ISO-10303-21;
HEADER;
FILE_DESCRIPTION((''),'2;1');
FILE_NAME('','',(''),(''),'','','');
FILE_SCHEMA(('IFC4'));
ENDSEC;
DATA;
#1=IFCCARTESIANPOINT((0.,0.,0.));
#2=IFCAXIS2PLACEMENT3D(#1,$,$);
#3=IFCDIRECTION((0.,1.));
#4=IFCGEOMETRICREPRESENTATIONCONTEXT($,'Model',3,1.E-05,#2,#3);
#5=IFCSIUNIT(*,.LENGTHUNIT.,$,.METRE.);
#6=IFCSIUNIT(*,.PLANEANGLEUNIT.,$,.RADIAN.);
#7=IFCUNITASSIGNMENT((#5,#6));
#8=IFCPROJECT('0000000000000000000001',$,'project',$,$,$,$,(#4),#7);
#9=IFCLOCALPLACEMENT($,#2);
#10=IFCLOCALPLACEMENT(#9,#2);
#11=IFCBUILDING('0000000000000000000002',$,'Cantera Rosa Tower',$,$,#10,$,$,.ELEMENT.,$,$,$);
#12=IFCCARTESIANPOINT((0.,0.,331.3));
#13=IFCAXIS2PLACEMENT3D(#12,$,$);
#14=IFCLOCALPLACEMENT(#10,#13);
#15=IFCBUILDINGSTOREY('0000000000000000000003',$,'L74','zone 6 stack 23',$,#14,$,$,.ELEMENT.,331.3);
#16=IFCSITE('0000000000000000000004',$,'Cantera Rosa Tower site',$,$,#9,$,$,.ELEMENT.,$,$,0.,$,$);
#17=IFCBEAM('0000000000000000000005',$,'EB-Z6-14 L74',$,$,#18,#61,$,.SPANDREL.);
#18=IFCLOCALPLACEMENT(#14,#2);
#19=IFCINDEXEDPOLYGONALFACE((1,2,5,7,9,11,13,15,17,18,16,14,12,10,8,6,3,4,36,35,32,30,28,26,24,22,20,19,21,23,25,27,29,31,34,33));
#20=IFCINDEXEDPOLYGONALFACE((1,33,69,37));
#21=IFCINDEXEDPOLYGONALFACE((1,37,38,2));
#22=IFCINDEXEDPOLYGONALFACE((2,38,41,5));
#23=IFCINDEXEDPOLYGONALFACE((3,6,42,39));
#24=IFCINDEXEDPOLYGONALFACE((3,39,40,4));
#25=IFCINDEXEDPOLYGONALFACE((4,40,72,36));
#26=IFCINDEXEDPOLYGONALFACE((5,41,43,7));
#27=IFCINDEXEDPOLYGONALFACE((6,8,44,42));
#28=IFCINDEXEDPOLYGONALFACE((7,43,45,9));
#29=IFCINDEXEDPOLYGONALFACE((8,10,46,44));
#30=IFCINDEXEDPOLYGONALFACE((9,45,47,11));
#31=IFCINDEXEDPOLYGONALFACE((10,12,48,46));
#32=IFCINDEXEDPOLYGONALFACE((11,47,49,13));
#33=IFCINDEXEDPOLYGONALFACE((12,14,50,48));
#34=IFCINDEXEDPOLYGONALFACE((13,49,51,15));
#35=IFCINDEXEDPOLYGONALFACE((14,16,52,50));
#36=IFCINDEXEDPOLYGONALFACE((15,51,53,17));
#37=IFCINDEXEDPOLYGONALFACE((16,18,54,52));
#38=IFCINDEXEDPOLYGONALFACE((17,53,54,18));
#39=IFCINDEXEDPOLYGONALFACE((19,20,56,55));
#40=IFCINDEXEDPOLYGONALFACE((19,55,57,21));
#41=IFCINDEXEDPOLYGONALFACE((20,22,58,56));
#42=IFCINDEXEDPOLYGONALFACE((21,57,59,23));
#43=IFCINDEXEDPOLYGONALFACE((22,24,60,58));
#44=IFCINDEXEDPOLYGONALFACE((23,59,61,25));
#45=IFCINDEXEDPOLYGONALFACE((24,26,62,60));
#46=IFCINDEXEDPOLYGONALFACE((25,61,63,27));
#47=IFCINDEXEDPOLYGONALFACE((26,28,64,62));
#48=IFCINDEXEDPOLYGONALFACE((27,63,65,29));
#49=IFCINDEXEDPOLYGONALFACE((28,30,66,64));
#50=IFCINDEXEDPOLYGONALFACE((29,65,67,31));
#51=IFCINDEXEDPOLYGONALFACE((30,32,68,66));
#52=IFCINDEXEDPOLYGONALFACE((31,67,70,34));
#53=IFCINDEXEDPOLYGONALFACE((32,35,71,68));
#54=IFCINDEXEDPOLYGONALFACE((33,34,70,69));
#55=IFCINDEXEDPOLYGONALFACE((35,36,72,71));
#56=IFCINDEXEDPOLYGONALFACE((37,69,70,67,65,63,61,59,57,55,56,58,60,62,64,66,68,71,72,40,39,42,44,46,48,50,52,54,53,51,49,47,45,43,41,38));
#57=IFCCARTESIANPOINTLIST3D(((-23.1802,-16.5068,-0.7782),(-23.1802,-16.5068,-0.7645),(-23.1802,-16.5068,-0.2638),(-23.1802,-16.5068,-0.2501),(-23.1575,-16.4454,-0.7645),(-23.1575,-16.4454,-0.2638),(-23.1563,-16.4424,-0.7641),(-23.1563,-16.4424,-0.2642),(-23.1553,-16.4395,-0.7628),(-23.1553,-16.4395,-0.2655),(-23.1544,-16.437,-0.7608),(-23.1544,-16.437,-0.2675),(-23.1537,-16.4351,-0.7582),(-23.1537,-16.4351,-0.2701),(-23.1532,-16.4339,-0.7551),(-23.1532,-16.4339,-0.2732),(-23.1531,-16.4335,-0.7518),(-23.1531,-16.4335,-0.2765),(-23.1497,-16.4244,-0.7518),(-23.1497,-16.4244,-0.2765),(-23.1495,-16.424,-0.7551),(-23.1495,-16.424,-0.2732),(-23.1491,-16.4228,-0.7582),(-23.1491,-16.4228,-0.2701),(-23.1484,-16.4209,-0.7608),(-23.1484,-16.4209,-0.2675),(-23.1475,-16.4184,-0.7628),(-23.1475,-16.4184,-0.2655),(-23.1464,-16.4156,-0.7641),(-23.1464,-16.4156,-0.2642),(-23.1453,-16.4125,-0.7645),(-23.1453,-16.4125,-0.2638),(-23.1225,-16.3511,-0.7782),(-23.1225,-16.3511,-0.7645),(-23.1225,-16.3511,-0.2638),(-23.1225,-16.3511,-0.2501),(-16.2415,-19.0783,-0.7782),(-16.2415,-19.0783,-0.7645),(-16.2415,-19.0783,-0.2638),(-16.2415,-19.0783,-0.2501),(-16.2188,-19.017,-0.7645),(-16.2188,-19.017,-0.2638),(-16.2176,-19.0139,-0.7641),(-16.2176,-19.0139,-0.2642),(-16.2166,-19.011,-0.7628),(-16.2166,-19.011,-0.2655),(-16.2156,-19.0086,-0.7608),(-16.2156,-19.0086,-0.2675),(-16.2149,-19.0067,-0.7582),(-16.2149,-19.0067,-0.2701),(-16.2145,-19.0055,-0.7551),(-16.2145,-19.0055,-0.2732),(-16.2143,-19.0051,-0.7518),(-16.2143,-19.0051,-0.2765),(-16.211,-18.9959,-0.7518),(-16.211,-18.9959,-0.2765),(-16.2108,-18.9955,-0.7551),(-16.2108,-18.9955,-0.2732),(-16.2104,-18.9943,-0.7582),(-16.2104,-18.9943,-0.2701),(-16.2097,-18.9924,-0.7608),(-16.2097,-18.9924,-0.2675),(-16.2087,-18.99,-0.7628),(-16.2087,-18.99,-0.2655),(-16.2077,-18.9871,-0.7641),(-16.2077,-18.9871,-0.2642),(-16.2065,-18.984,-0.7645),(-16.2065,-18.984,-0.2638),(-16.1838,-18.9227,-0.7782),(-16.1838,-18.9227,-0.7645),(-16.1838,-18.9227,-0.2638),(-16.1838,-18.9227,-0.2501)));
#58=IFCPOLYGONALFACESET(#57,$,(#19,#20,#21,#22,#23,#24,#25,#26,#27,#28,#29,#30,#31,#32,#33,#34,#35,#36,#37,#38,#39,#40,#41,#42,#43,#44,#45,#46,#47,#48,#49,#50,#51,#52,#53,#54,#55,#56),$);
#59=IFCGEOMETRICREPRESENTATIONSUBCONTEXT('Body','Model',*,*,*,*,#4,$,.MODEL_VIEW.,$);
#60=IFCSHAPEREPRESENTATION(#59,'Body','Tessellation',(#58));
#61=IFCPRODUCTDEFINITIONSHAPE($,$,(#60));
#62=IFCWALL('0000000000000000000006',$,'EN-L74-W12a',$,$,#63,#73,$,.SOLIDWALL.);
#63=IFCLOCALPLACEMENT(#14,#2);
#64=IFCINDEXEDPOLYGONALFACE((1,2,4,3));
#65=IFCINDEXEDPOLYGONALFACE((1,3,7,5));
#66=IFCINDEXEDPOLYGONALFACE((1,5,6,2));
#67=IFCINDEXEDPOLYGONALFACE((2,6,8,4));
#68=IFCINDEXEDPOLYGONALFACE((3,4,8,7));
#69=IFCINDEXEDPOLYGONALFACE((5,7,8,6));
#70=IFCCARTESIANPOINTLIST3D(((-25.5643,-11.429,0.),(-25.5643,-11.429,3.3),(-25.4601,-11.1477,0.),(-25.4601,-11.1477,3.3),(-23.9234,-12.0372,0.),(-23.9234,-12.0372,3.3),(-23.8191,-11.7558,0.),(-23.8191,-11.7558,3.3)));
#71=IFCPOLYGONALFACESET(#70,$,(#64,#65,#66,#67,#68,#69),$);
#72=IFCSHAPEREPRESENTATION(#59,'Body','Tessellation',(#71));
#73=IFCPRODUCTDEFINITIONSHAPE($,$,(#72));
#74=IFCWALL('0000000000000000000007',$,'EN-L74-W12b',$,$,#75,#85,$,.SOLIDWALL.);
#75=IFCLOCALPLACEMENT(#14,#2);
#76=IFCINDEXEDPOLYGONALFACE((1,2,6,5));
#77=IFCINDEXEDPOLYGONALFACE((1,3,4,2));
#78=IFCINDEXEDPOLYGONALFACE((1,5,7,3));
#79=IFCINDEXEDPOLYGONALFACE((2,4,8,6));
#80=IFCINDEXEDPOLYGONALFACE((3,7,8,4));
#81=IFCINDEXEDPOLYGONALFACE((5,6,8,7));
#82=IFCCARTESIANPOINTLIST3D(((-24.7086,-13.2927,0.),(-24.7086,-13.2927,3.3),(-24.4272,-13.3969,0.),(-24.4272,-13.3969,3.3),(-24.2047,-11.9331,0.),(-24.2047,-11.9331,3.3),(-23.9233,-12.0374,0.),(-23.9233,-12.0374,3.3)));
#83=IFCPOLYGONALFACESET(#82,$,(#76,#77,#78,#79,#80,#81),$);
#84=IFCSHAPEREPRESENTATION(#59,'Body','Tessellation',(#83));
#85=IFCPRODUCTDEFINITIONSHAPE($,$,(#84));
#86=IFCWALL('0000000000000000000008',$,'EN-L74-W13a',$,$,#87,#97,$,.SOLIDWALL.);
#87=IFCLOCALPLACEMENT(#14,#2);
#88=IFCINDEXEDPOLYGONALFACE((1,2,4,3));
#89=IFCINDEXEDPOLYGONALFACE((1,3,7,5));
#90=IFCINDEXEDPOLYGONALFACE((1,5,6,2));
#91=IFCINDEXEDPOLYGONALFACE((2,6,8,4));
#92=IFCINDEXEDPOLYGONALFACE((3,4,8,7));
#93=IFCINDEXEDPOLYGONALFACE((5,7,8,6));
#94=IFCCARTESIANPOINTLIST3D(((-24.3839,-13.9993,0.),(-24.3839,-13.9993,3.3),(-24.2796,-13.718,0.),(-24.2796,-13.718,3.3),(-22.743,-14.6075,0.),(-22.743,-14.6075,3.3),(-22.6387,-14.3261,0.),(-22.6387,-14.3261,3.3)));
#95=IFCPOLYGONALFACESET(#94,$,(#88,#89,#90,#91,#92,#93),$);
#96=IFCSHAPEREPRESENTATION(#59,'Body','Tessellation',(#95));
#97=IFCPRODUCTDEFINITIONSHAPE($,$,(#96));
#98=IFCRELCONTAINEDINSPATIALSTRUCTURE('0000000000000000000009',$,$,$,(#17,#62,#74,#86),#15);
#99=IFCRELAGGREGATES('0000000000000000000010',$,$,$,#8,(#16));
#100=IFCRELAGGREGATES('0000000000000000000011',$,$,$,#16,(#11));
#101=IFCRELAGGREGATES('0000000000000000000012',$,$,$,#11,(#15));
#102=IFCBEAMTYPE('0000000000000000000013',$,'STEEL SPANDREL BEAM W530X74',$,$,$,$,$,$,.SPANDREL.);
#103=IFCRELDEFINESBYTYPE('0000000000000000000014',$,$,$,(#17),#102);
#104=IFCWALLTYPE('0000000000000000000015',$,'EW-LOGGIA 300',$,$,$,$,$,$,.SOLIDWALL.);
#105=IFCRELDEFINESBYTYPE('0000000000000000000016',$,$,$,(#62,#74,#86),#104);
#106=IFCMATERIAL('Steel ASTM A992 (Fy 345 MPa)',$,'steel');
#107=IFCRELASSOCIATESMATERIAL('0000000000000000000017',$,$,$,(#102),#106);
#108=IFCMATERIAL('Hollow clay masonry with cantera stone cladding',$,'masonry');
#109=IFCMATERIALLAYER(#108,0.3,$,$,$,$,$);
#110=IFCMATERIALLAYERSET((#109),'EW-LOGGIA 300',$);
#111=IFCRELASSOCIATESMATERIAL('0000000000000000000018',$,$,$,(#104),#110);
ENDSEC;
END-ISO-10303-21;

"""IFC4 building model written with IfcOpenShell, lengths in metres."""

from ifc_helpers import new_model, si_unit, direction, frame, frame_2d, origin, origin_2d, place, context, subcontext, project, spatial, rectangle, i_section, extrude, material, layer, layer_set, material_profile, profile_set, type_object, element, save


model = new_model("IFC4")

# Units and contexts
model_context = context("Model", 3, precision=1e-05, world=origin(), true_north=direction((0.0, 1.0)))
body_context = subcontext(model_context, "Body", "Model", "MODEL_VIEW")
ifc_project = project(units=[si_unit("LENGTHUNIT", "METRE"), si_unit("PLANEANGLEUNIT", "RADIAN")], contexts=[model_context])

# Site, building, storey
site_placement = place(None, origin())
site = spatial("IfcSite", under=ifc_project, at=site_placement, Name="Cantera Rosa Tower site", CompositionType="ELEMENT", RefElevation=0.0)
building_placement = place(site_placement, origin())
building = spatial("IfcBuilding", under=site, at=building_placement, Name="Cantera Rosa Tower", CompositionType="ELEMENT")
storey_placement = place(building_placement, frame((0.0, 0.0, 331.3)))
storey = spatial("IfcBuildingStorey", under=building, at=storey_placement, Name="L74", Description="zone 6 stack 23", CompositionType="ELEMENT", Elevation=331.3)

# Beam
ifc_material_1 = material(Name="Steel ASTM A992 (Fy 345 MPa)", Category="steel")
ifc_material_profile_1 = material_profile(ifc_material_1, i_section(OverallWidth=0.166, OverallDepth=0.5281, WebThickness=0.0098, FlangeThickness=0.0137, FilletRadius=0.0127, at=origin_2d()), Name="W530X74")
ifc_profile_set_1 = profile_set([ifc_material_profile_1], Name="Steel ASTM A992 (Fy 345 MPa)")
beam_type_1 = type_object("IfcBeamType", Name="STEEL SPANDREL BEAM W530X74", PredefinedType="SPANDREL", material=ifc_profile_set_1)
beam_1_placement = place(storey_placement, frame((-23.1514, -16.429, -0.5142), z_axis=(0.937677, -0.347509, 0.0), x_axis=(0.347509, 0.937677, 0.0)))
element("IfcBeam", 1, at=beam_1_placement, inside=storey, type_object=beam_type_1, Name="EB-Z6-14 L74", PredefinedType="SPANDREL", context=body_context, shape_type="SweptSolid", body=[
    extrude(i_section(OverallWidth=0.166, OverallDepth=0.5281, WebThickness=0.0098, FlangeThickness=0.0137, FilletRadius=0.0127, at=origin_2d()), origin(), (0.0, 0.0, 1.0), 7.3999),
])

# Walls
ifc_material_2 = material(Name="Hollow clay masonry with cantera stone cladding", Category="masonry")
ifc_layer_1 = layer(ifc_material_2, 0.3)
ifc_layer_set_1 = layer_set([ifc_layer_1], Name="EW-LOGGIA 300")
wall_type_1 = type_object("IfcWallType", Name="EW-LOGGIA 300", PredefinedType="SOLIDWALL", material=ifc_layer_set_1)
wall_1_placement = place(storey_placement, frame((-25.5122, -11.2883, 0.0), z_axis=(0.0, 0.0, 1.0), x_axis=(0.93767, -0.347528, 0.0)))
element("IfcWall", 2, at=wall_1_placement, inside=storey, type_object=wall_type_1, Name="EN-L74-W12a", PredefinedType="SOLIDWALL", context=body_context, shape_type="SweptSolid", body=[
    extrude(rectangle(XDim=1.75, YDim=0.3, at=frame_2d((0.875, 0.0))), origin(), (0.0, 0.0, 1.0), 3.3),
])
wall_2_placement = place(storey_placement, frame((-24.064, -11.9851, 0.0), z_axis=(0.0, 0.0, 1.0), x_axis=(-0.347523, -0.937672, 0.0)))
element("IfcWall", 3, at=wall_2_placement, inside=storey, type_object=wall_type_1, Name="EN-L74-W12b", PredefinedType="SOLIDWALL", context=body_context, shape_type="SweptSolid", body=[
    extrude(rectangle(XDim=1.45, YDim=0.3, at=frame_2d((0.7251, 0.0))), origin(), (0.0, 0.0, 1.0), 3.3),
])
wall_3_placement = place(storey_placement, frame((-24.3318, -13.8586, 0.0), z_axis=(0.0, 0.0, 1.0), x_axis=(0.93767, -0.347528, 0.0)))
element("IfcWall", 4, at=wall_3_placement, inside=storey, type_object=wall_type_1, Name="EN-L74-W13a", PredefinedType="SOLIDWALL", context=body_context, shape_type="SweptSolid", body=[
    extrude(rectangle(XDim=1.75, YDim=0.3, at=frame_2d((0.875, 0.0))), origin(), (0.0, 0.0, 1.0), 3.3),
])

save(model, "model.ifc")
